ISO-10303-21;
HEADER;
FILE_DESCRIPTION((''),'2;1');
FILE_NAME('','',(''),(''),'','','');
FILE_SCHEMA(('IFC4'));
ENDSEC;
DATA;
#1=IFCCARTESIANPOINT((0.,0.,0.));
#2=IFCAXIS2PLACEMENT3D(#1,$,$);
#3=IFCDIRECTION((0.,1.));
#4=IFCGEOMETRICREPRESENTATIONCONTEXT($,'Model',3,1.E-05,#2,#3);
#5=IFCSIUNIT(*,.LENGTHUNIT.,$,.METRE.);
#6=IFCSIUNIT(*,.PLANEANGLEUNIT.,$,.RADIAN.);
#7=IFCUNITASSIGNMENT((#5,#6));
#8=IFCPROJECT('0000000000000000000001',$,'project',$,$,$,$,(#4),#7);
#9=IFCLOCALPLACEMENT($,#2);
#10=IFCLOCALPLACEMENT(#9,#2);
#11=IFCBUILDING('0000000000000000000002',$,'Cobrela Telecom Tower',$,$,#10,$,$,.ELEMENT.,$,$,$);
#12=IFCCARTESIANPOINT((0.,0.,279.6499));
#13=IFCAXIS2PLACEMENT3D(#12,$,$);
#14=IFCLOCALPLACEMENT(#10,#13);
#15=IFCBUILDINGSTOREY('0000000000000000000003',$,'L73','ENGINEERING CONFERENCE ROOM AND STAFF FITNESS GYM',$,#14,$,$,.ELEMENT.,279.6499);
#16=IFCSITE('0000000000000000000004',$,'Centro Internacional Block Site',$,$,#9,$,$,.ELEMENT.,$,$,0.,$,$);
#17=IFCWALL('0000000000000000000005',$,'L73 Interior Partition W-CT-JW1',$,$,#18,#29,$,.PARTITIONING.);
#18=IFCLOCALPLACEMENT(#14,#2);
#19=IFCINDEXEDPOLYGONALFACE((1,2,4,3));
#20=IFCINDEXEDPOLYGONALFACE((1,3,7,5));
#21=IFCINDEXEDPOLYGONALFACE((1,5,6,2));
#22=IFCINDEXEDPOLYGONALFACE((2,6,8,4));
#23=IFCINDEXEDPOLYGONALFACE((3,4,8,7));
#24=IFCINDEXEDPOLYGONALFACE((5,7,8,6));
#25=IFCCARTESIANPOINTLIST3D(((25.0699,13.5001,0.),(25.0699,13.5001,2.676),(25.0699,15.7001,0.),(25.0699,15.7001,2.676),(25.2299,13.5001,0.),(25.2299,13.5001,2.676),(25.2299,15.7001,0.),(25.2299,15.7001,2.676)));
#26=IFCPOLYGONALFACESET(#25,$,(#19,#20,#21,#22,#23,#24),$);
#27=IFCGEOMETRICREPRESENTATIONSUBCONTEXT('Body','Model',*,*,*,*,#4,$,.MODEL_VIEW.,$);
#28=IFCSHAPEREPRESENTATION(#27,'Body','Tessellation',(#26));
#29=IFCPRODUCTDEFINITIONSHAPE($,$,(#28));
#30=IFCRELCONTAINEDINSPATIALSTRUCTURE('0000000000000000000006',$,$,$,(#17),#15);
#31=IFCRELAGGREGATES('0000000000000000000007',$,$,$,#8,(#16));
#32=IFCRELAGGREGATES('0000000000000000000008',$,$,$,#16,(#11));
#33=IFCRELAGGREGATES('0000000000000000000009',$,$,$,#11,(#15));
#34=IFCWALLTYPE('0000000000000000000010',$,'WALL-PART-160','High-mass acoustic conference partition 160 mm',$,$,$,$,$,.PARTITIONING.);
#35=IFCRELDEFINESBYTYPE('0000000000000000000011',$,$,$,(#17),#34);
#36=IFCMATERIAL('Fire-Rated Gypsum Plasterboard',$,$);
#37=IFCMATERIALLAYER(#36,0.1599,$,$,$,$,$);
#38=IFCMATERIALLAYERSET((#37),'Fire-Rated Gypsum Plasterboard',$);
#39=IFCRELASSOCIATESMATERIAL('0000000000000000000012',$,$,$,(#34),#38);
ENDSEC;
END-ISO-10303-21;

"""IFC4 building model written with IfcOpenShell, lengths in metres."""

from ifc_helpers import new_model, si_unit, direction, frame, frame_2d, origin, place, context, subcontext, project, spatial, rectangle, extrude, material, layer, layer_set, type_object, element, save


model = new_model("IFC4")

# Units and contexts
model_context = context("Model", 3, precision=1e-05, world=origin(), true_north=direction((0.0, 1.0)))
body_context = subcontext(model_context, "Body", "Model", "MODEL_VIEW")
ifc_project = project(units=[si_unit("LENGTHUNIT", "METRE"), si_unit("PLANEANGLEUNIT", "RADIAN")], contexts=[model_context])

# Site, building, storey
site_placement = place(None, origin())
site = spatial("IfcSite", under=ifc_project, at=site_placement, Name="Centro Internacional Block Site", CompositionType="ELEMENT", RefElevation=0.0)
building_placement = place(site_placement, origin())
building = spatial("IfcBuilding", under=site, at=building_placement, Name="Cobrela Telecom Tower", CompositionType="ELEMENT")
storey_placement = place(building_placement, frame((0.0, 0.0, 279.6499)))
storey = spatial("IfcBuildingStorey", under=building, at=storey_placement, Name="L73", Description="ENGINEERING CONFERENCE ROOM AND STAFF FITNESS GYM", CompositionType="ELEMENT", Elevation=279.6499)

# Shared definitions
ifc_material_1 = material(Name="Fire-Rated Gypsum Plasterboard")

# Wall
ifc_layer_1 = layer(ifc_material_1, 0.1599)
ifc_layer_set_1 = layer_set([ifc_layer_1], Name="Fire-Rated Gypsum Plasterboard")
wall_type_1 = type_object("IfcWallType", Name="WALL-PART-160", Description="High-mass acoustic conference partition 160 mm", PredefinedType="PARTITIONING", material=ifc_layer_set_1)
wall_1_placement = place(storey_placement, frame((25.1499, 13.5, 0.0), z_axis=(0.0, 0.0, 1.0), x_axis=(0.0, 1.0, 0.0)))
element("IfcWall", 1, at=wall_1_placement, inside=storey, type_object=wall_type_1, Name="L73 Interior Partition W-CT-JW1", PredefinedType="PARTITIONING", context=body_context, shape_type="SweptSolid", body=[
    extrude(rectangle(XDim=2.2, YDim=0.1599, at=frame_2d((1.1001, 0.0))), origin(), (0.0, 0.0, 1.0), 2.676),
])

save(model, "model.ifc")
